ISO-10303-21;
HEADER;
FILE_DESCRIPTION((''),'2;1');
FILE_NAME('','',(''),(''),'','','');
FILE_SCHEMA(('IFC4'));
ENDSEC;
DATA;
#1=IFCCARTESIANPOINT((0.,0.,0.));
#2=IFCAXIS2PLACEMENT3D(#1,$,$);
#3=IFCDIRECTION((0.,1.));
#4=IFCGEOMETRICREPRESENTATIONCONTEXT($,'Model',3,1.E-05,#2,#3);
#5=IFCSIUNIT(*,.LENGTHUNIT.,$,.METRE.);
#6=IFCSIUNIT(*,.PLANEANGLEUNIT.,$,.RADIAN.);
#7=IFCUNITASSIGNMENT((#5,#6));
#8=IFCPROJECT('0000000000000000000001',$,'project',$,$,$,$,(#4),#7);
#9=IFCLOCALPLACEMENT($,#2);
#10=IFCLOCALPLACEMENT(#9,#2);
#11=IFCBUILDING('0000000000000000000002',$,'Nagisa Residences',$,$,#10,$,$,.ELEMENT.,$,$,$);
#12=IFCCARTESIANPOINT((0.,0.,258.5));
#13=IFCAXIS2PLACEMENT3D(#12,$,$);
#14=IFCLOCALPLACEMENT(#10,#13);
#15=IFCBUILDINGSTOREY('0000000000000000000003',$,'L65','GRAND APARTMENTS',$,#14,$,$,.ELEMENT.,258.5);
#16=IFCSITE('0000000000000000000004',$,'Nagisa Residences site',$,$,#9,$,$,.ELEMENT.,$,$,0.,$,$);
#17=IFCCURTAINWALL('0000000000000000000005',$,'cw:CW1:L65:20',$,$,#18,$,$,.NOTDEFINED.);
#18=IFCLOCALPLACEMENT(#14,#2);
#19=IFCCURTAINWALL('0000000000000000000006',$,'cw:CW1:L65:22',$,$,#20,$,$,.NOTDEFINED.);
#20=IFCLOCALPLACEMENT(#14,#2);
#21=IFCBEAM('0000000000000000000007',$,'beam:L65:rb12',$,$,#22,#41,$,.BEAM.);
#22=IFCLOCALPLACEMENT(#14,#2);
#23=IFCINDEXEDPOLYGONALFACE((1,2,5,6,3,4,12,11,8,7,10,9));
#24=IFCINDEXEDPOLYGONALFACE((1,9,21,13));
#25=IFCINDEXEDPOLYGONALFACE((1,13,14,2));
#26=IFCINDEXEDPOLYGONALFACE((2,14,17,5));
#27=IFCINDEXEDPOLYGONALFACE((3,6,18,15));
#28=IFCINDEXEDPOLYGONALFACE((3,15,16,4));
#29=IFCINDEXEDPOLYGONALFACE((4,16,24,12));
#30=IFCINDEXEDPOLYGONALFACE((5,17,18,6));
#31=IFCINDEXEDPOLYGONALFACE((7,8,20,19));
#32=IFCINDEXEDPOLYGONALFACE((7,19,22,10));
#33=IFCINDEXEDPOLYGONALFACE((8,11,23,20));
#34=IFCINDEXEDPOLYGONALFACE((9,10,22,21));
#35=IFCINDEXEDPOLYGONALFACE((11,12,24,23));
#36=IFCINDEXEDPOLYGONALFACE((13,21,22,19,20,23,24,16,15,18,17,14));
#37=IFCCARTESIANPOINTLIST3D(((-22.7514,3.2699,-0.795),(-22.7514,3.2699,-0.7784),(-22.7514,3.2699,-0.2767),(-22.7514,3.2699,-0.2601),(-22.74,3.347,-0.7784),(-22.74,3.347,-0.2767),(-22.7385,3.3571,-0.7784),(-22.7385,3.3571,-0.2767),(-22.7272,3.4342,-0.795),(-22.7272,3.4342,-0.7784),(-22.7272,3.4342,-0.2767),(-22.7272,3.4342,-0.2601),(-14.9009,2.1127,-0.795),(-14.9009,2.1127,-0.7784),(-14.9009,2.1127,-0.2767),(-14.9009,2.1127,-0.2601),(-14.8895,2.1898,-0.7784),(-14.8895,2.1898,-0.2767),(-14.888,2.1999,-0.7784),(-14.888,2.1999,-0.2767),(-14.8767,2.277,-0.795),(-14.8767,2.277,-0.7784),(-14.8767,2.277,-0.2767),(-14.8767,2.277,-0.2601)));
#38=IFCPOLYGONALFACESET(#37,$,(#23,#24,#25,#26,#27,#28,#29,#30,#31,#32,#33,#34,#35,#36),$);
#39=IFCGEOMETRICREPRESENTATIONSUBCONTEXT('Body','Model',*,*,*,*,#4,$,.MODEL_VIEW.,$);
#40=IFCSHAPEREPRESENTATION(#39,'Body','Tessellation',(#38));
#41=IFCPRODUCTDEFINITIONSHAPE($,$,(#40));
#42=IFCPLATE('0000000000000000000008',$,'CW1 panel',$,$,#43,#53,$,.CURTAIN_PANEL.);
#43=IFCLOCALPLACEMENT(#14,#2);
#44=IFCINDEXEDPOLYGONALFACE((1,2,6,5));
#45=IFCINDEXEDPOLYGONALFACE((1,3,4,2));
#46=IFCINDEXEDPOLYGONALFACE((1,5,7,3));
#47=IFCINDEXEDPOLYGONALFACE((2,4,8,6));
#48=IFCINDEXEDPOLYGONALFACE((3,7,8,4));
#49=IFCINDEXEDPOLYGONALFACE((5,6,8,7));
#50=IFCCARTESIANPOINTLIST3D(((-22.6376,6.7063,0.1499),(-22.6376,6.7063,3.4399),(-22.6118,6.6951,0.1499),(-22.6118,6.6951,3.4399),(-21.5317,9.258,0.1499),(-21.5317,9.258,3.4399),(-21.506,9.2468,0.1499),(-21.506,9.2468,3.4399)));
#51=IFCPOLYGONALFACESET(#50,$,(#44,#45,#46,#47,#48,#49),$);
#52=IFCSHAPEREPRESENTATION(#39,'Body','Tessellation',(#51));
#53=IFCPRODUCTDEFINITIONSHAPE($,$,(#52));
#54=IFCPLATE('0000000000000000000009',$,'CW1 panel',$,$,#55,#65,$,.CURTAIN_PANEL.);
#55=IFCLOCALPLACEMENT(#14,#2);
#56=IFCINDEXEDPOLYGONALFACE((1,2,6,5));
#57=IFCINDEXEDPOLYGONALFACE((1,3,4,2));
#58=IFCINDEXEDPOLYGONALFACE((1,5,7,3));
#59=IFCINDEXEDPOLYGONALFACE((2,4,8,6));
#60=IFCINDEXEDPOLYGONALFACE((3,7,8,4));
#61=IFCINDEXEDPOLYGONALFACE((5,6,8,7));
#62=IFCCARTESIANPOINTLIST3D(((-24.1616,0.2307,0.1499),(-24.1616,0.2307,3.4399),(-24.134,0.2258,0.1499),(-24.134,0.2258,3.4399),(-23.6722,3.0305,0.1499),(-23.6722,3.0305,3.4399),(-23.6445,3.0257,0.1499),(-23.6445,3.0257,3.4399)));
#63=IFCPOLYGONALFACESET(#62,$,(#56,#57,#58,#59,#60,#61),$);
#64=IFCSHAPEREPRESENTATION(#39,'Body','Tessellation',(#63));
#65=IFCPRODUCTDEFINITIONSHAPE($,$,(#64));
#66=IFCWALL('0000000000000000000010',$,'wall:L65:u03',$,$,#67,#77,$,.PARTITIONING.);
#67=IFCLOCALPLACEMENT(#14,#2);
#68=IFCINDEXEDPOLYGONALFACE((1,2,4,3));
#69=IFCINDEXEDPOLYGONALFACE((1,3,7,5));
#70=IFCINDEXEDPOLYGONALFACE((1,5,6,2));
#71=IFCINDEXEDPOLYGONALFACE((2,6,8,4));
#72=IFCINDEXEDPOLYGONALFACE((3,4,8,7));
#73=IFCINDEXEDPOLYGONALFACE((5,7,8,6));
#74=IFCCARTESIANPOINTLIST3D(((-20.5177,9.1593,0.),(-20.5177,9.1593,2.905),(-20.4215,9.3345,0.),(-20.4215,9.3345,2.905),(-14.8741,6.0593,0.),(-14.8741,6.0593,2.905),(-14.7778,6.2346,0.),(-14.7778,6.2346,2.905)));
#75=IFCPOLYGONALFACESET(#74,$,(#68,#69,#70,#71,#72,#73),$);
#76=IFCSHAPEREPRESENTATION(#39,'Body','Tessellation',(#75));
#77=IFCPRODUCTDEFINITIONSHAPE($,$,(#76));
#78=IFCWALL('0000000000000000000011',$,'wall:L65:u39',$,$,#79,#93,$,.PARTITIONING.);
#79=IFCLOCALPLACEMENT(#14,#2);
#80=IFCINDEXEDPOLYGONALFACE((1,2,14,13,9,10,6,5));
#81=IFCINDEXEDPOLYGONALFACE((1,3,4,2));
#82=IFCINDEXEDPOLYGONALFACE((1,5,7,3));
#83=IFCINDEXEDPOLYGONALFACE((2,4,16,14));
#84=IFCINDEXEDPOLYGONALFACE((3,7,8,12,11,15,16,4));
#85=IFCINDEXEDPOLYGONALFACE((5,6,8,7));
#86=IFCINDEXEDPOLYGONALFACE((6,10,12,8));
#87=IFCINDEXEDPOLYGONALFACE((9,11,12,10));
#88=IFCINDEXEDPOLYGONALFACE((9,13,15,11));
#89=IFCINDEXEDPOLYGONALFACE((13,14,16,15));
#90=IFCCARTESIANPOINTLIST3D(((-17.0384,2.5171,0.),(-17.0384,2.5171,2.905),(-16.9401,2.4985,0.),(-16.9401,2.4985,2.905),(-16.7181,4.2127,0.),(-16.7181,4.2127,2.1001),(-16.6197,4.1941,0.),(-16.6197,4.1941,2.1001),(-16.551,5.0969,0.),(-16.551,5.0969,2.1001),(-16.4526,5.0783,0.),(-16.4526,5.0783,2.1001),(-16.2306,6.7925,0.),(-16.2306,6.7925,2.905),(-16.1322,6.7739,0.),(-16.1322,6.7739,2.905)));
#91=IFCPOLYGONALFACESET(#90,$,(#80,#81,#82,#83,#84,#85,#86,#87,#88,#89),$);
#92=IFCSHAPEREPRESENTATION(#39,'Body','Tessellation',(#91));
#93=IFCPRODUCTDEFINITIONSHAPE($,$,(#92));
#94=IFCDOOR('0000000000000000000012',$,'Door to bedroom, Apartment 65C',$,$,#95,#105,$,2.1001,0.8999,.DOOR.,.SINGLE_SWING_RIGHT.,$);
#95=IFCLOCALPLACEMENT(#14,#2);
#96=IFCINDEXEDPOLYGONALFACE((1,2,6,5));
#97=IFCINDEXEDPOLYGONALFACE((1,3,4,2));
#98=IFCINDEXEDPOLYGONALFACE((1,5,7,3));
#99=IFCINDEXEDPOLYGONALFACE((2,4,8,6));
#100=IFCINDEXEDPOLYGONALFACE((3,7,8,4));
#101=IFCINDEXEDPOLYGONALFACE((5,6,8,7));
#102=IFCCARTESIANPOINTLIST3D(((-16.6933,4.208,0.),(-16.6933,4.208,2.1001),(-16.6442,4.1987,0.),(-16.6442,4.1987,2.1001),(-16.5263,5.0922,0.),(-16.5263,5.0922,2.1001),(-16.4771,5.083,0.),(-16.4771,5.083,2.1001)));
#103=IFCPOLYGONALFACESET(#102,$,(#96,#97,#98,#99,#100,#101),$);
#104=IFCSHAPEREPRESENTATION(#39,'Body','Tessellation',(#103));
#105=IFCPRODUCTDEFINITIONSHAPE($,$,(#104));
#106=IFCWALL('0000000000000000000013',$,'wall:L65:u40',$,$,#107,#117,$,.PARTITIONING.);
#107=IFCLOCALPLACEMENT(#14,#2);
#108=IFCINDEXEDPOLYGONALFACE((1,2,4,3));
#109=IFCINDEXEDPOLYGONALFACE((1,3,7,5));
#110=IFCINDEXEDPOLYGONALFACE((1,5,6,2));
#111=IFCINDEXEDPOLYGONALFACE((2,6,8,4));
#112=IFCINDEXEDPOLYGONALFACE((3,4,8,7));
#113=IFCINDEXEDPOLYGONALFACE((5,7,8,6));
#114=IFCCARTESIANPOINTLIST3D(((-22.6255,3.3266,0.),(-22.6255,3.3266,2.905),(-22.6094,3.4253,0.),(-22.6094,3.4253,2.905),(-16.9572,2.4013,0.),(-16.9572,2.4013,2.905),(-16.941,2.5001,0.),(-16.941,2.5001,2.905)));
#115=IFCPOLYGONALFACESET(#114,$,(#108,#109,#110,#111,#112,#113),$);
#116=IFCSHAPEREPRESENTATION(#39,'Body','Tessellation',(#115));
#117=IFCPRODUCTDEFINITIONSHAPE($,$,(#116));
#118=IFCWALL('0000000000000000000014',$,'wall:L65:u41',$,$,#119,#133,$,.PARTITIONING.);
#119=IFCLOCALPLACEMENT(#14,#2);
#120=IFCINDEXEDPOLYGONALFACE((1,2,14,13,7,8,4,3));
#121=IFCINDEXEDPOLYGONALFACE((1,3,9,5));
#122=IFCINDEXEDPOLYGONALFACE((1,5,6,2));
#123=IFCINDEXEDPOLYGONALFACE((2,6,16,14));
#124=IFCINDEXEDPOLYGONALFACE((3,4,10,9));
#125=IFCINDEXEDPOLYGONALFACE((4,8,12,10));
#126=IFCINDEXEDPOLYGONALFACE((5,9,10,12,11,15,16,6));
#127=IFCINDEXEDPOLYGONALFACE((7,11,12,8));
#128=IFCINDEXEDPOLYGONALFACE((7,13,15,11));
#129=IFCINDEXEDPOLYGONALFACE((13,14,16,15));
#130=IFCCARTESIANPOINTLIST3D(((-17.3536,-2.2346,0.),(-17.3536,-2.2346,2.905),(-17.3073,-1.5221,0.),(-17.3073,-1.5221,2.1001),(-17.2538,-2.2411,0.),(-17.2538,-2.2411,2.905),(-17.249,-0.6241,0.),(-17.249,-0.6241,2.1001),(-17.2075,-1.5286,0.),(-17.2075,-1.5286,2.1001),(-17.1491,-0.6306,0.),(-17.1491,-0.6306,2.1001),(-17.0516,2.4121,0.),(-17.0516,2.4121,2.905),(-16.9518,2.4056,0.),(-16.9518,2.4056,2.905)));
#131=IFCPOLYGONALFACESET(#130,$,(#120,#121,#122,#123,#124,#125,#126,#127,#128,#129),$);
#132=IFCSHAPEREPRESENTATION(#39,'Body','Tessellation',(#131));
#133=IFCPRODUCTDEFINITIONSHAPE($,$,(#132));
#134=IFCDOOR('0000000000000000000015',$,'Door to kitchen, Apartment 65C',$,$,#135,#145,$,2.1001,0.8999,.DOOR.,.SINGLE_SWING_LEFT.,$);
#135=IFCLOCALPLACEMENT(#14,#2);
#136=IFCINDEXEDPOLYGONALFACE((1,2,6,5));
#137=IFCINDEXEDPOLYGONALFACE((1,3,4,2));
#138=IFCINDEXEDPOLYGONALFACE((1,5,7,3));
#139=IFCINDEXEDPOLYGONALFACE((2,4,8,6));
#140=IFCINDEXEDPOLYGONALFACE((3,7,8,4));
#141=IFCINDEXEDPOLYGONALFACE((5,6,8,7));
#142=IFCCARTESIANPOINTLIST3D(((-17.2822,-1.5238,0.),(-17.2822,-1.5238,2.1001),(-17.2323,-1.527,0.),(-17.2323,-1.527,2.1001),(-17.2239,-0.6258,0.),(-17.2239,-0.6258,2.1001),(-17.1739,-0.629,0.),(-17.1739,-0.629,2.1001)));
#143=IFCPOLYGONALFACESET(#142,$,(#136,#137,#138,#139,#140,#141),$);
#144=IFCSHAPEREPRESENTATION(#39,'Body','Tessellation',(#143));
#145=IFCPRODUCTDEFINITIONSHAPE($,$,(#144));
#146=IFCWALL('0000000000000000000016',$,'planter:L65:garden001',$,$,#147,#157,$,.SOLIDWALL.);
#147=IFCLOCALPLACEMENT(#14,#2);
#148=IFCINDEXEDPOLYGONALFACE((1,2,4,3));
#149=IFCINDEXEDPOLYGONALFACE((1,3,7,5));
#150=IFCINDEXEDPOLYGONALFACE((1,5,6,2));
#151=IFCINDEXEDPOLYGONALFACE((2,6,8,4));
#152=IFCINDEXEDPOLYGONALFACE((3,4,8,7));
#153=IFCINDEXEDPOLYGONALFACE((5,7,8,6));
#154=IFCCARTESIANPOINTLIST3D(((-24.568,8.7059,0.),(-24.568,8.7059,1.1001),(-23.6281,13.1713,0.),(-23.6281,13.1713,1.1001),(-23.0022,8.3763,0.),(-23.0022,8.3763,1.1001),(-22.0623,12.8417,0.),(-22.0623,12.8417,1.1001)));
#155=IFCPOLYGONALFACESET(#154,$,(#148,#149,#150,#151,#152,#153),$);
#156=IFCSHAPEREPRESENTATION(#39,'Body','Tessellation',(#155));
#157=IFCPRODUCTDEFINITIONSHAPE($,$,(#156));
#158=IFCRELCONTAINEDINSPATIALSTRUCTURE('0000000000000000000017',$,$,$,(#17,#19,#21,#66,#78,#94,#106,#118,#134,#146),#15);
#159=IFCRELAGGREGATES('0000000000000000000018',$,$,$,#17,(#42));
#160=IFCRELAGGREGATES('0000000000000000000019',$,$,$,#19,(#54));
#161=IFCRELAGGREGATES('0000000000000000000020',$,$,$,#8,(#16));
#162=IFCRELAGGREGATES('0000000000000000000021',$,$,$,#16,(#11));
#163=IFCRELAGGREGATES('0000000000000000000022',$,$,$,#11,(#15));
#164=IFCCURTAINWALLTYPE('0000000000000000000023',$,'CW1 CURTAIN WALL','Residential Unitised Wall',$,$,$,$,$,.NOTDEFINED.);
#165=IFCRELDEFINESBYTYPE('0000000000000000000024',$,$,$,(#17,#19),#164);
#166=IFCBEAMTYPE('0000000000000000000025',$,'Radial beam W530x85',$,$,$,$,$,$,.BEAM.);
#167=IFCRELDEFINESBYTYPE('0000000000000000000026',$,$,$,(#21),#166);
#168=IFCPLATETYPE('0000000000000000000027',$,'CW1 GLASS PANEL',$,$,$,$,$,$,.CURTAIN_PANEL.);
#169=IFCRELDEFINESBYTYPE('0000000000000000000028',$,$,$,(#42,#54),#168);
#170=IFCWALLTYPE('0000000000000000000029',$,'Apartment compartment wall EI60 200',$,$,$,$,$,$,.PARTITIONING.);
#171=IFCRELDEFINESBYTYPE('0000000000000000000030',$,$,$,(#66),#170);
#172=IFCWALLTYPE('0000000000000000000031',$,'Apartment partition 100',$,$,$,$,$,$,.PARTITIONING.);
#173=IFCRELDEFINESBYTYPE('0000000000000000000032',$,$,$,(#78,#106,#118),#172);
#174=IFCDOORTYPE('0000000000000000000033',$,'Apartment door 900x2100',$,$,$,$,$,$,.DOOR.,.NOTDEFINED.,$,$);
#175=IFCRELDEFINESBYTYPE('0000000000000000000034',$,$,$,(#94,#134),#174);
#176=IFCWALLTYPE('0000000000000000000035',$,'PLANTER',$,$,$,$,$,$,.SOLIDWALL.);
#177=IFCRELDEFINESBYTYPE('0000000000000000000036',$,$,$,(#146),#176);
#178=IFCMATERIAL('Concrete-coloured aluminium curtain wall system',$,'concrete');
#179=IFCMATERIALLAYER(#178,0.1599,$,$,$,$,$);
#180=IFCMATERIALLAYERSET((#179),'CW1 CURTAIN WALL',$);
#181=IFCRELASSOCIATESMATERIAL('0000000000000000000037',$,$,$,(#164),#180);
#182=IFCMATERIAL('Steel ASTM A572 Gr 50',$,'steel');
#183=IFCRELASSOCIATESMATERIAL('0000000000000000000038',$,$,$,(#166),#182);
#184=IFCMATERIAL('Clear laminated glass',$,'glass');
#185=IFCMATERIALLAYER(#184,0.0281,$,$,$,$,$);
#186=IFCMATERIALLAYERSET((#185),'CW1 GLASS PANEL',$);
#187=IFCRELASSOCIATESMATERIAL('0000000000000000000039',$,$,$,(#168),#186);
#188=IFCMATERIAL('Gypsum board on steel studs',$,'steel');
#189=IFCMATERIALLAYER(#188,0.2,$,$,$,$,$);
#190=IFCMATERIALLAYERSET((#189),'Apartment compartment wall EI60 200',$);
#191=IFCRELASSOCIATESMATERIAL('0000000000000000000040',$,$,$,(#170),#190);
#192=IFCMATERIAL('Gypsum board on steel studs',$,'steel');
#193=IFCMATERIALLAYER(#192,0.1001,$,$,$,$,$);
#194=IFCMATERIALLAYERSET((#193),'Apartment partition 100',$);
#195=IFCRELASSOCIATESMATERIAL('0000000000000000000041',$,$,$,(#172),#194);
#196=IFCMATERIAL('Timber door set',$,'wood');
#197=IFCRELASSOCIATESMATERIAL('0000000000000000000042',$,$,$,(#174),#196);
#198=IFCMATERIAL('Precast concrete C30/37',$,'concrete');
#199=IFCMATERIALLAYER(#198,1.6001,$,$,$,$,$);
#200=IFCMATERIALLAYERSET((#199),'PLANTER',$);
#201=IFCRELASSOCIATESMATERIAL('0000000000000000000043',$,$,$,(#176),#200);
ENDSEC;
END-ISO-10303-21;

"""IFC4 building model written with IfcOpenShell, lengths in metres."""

from ifc_helpers import new_model, si_unit, direction, frame, frame_2d, origin, origin_2d, place, context, subcontext, project, spatial, rectangle, i_section, extrude, material, layer, layer_set, material_profile, profile_set, type_object, element, fill, aggregate, save


model = new_model("IFC4")

# Units and contexts
model_context = context("Model", 3, precision=1e-05, world=origin(), true_north=direction((0.0, 1.0)))
body_context = subcontext(model_context, "Body", "Model", "MODEL_VIEW")
ifc_project = project(units=[si_unit("LENGTHUNIT", "METRE"), si_unit("PLANEANGLEUNIT", "RADIAN")], contexts=[model_context])

# Site, building, storey
site_placement = place(None, origin())
site = spatial("IfcSite", under=ifc_project, at=site_placement, Name="Nagisa Residences site", CompositionType="ELEMENT", RefElevation=0.0)
building_placement = place(site_placement, origin())
building = spatial("IfcBuilding", under=site, at=building_placement, Name="Nagisa Residences", CompositionType="ELEMENT")
storey_placement = place(building_placement, frame((0.0, 0.0, 258.5)))
storey = spatial("IfcBuildingStorey", under=building, at=storey_placement, Name="L65", Description="GRAND APARTMENTS", CompositionType="ELEMENT", Elevation=258.5)

# Curtain walls
ifc_material_1 = material(Name="Concrete-coloured aluminium curtain wall system", Category="concrete")
ifc_layer_1 = layer(ifc_material_1, 0.1599)
ifc_layer_set_1 = layer_set([ifc_layer_1], Name="CW1 CURTAIN WALL")
curtain_wall_type = type_object("IfcCurtainWallType", Name="CW1 CURTAIN WALL", Description="Residential Unitised Wall", PredefinedType="NOTDEFINED", material=ifc_layer_set_1)
curtain_wall_1_placement = place(storey_placement, origin())
curtain_wall_1 = element("IfcCurtainWall", 1, at=curtain_wall_1_placement, inside=storey, type_object=curtain_wall_type, Name="cw:CW1:L65:20", PredefinedType="NOTDEFINED")
curtain_wall_2_placement = place(storey_placement, origin())
curtain_wall_2 = element("IfcCurtainWall", 2, at=curtain_wall_2_placement, inside=storey, type_object=curtain_wall_type, Name="cw:CW1:L65:22", PredefinedType="NOTDEFINED")

# Beam
ifc_material_2 = material(Name="Steel ASTM A572 Gr 50", Category="steel")
ifc_material_profile_1 = material_profile(ifc_material_2, i_section(OverallWidth=0.166, OverallDepth=0.5349, WebThickness=0.0103, FlangeThickness=0.0166, at=origin_2d()), Name="W530x85")
ifc_profile_set_1 = profile_set([ifc_material_profile_1], Name="Steel ASTM A572 Gr 50")
beam_type_1 = type_object("IfcBeamType", Name="Radial beam W530x85", PredefinedType="BEAM", material=ifc_profile_set_1)
beam_1_placement = place(storey_placement, frame((-22.7393, 3.3521, -0.5276), z_axis=(0.98931, -0.145831, 0.0), x_axis=(0.145831, 0.98931, 0.0)))
element("IfcBeam", 3, at=beam_1_placement, inside=storey, type_object=beam_type_1, Name="beam:L65:rb12", PredefinedType="BEAM", context=body_context, shape_type="SweptSolid", body=[
    extrude(i_section(OverallWidth=0.166, OverallDepth=0.5349, WebThickness=0.0103, FlangeThickness=0.0166, at=origin_2d()), origin(), (0.0, 0.0, 1.0), 7.9353),
])

# Plates
ifc_material_3 = material(Name="Clear laminated glass", Category="glass")
ifc_layer_2 = layer(ifc_material_3, 0.0281)
ifc_layer_set_2 = layer_set([ifc_layer_2], Name="CW1 GLASS PANEL")
plate_type = type_object("IfcPlateType", Name="CW1 GLASS PANEL", PredefinedType="CURTAIN_PANEL", material=ifc_layer_set_2)
plate_1_placement = place(storey_placement, frame((-22.0718, 7.9766, 0.1499), z_axis=(0.0, 0.0, 1.0), x_axis=(-0.397636, -0.917543, 0.0)))
plate_1 = element("IfcPlate", 4, at=plate_1_placement, type_object=plate_type, Name="CW1 panel", PredefinedType="CURTAIN_PANEL", context=body_context, shape_type="SweptSolid", body=[
    extrude(rectangle(XDim=2.781, YDim=0.0281, at=origin_2d()), origin(), (0.0, 0.0, 1.0), 3.29),
])
aggregate(curtain_wall_1, [plate_1])
plate_2_placement = place(storey_placement, frame((-23.9031, 1.6282, 0.1499), z_axis=(0.0, 0.0, 1.0), x_axis=(-0.172191, -0.985064, 0.0)))
plate_2 = element("IfcPlate", 5, at=plate_2_placement, type_object=plate_type, Name="CW1 panel", PredefinedType="CURTAIN_PANEL", context=body_context, shape_type="SweptSolid", body=[
    extrude(rectangle(XDim=2.8423, YDim=0.0281, at=origin_2d()), origin(), (0.0, 0.0, 1.0), 3.29),
])
aggregate(curtain_wall_2, [plate_2])

# Wall
ifc_material_4 = material(Name="Gypsum board on steel studs", Category="steel")
ifc_layer_3 = layer(ifc_material_4, 0.2)
ifc_layer_set_3 = layer_set([ifc_layer_3], Name="Apartment compartment wall EI60 200")
wall_type_1 = type_object("IfcWallType", Name="Apartment compartment wall EI60 200", PredefinedType="PARTITIONING", material=ifc_layer_set_3)
wall_1_placement = place(storey_placement, frame((-14.8259, 6.147, 0.0), z_axis=(0.0, 0.0, 1.0), x_axis=(-0.876485, 0.48143, 0.0)))
element("IfcWall", 6, at=wall_1_placement, inside=storey, type_object=wall_type_1, Name="wall:L65:u03", PredefinedType="PARTITIONING", context=body_context, shape_type="SweptSolid", body=[
    extrude(rectangle(XDim=6.439, YDim=0.2, at=frame_2d((3.2195, 0.0))), origin(), (0.0, 0.0, 1.0), 2.905),
])

# Wall, opening, door
ifc_material_5 = material(Name="Gypsum board on steel studs", Category="steel")
ifc_layer_4 = layer(ifc_material_5, 0.1001)
ifc_layer_set_4 = layer_set([ifc_layer_4], Name="Apartment partition 100")
wall_type_2 = type_object("IfcWallType", Name="Apartment partition 100", PredefinedType="PARTITIONING", material=ifc_layer_set_4)
wall_2_placement = place(storey_placement, frame((-16.1814, 6.7832, 0.0), z_axis=(0.0, 0.0, 1.0), x_axis=(-0.185671, -0.982612, 0.0)))
wall_2 = element("IfcWall", 7, at=wall_2_placement, inside=storey, type_object=wall_type_2, Name="wall:L65:u39", PredefinedType="PARTITIONING", context=body_context, shape_type="SweptSolid", body=[
    extrude(rectangle(XDim=4.3511, YDim=0.1001, at=frame_2d((2.1755, 0.0))), origin(), (0.0, 0.0, 1.0), 2.905),
])
opening_1_placement = place(wall_2_placement, frame((1.7256, 0.0, 0.0)))
opening_1 = element("IfcOpeningElement", 8, at=opening_1_placement, cuts=wall_2, PredefinedType="OPENING", context=body_context, shape_type="SweptSolid", body=[
    extrude(rectangle(XDim=0.8999, YDim=2.1001, at=frame_2d((0.45, 1.05))), frame((0.0, 0.0601, 0.0), z_axis=(0.0, -1.0, 0.0), x_axis=(1.0, 0.0, 0.0)), (0.0, 0.0, 1.0), 0.1201),
])
ifc_material_6 = material(Name="Timber door set", Category="wood")
door_type_1 = type_object("IfcDoorType", Name="Apartment door 900x2100", OperationType="NOTDEFINED", PredefinedType="DOOR", material=ifc_material_6)
door_1_placement = place(opening_1_placement, frame((0.8999, 0.0, 0.0), x_axis=(-1.0, 0.0, 0.0)))
door_1 = element("IfcDoor", 9, at=door_1_placement, inside=storey, type_object=door_type_1, Name="Door to bedroom, Apartment 65C", OperationType="SINGLE_SWING_RIGHT", OverallHeight=2.1001, OverallWidth=0.8999, PredefinedType="DOOR", context=body_context, shape_type="SweptSolid", body=[
    extrude(rectangle(XDim=0.8999, YDim=2.1001, at=frame_2d((0.45, 1.05))), frame((0.0, 0.0249, 0.0), z_axis=(0.0, -1.0, 0.0), x_axis=(1.0, 0.0, 0.0)), (0.0, 0.0, 1.0), 0.05),
])
fill(opening_1, door_1)

# Wall
wall_3_placement = place(storey_placement, frame((-16.9492, 2.4507, 0.0), z_axis=(0.0, 0.0, 1.0), x_axis=(-0.986938, 0.161103, 0.0)))
element("IfcWall", 10, at=wall_3_placement, inside=storey, type_object=wall_type_2, Name="wall:L65:u40", PredefinedType="PARTITIONING", context=body_context, shape_type="SweptSolid", body=[
    extrude(rectangle(XDim=5.7434, YDim=0.1001, at=frame_2d((2.8716, 0.0))), origin(), (0.0, 0.0, 1.0), 2.905),
])

# Wall, opening, door
wall_4_placement = place(storey_placement, frame((-17.0017, 2.4087, 0.0), z_axis=(0.0, 0.0, 1.0), x_axis=(-0.064856, -0.997895, 0.0)))
wall_4 = element("IfcWall", 11, at=wall_4_placement, inside=storey, type_object=wall_type_2, Name="wall:L65:u41", PredefinedType="PARTITIONING", context=body_context, shape_type="SweptSolid", body=[
    extrude(rectangle(XDim=4.6565, YDim=0.1001, at=frame_2d((2.3281, 0.0))), origin(), (0.0, 0.0, 1.0), 2.905),
])
opening_2_placement = place(wall_4_placement, frame((3.0425, 0.0, 0.0)))
opening_2 = element("IfcOpeningElement", 12, at=opening_2_placement, cuts=wall_4, PredefinedType="OPENING", context=body_context, shape_type="SweptSolid", body=[
    extrude(rectangle(XDim=0.8999, YDim=2.1001, at=frame_2d((0.45, 1.05))), frame((0.0, 0.0601, 0.0), z_axis=(0.0, -1.0, 0.0), x_axis=(1.0, 0.0, 0.0)), (0.0, 0.0, 1.0), 0.1201),
])
door_2_placement = place(opening_2_placement, frame((0.8999, 0.0, 0.0), x_axis=(-1.0, 0.0, 0.0)))
door_2 = element("IfcDoor", 13, at=door_2_placement, inside=storey, type_object=door_type_1, Name="Door to kitchen, Apartment 65C", OperationType="SINGLE_SWING_LEFT", OverallHeight=2.1001, OverallWidth=0.8999, PredefinedType="DOOR", context=body_context, shape_type="SweptSolid", body=[
    extrude(rectangle(XDim=0.8999, YDim=2.1001, at=frame_2d((0.45, 1.05))), frame((0.0, 0.0249, 0.0), z_axis=(0.0, -1.0, 0.0), x_axis=(1.0, 0.0, 0.0)), (0.0, 0.0, 1.0), 0.05),
])
fill(opening_2, door_2)

# Wall
ifc_material_7 = material(Name="Precast concrete C30/37", Category="concrete")
ifc_layer_5 = layer(ifc_material_7, 1.6001)
ifc_layer_set_5 = layer_set([ifc_layer_5], Name="PLANTER")
wall_type_3 = type_object("IfcWallType", Name="PLANTER", PredefinedType="SOLIDWALL", material=ifc_layer_set_5)
wall_5_placement = place(storey_placement, frame((-23.7852, 8.541, 0.0), z_axis=(0.0, 0.0, 1.0), x_axis=(0.205984, 0.978555, 0.0)))
element("IfcWall", 14, at=wall_5_placement, inside=storey, type_object=wall_type_3, Name="planter:L65:garden001", PredefinedType="SOLIDWALL", context=body_context, shape_type="SweptSolid", body=[
    extrude(rectangle(XDim=4.5632, YDim=1.6001, at=frame_2d((2.2817, 0.0))), origin(), (0.0, 0.0, 1.0), 1.1001),
])

save(model, "model.ifc")
